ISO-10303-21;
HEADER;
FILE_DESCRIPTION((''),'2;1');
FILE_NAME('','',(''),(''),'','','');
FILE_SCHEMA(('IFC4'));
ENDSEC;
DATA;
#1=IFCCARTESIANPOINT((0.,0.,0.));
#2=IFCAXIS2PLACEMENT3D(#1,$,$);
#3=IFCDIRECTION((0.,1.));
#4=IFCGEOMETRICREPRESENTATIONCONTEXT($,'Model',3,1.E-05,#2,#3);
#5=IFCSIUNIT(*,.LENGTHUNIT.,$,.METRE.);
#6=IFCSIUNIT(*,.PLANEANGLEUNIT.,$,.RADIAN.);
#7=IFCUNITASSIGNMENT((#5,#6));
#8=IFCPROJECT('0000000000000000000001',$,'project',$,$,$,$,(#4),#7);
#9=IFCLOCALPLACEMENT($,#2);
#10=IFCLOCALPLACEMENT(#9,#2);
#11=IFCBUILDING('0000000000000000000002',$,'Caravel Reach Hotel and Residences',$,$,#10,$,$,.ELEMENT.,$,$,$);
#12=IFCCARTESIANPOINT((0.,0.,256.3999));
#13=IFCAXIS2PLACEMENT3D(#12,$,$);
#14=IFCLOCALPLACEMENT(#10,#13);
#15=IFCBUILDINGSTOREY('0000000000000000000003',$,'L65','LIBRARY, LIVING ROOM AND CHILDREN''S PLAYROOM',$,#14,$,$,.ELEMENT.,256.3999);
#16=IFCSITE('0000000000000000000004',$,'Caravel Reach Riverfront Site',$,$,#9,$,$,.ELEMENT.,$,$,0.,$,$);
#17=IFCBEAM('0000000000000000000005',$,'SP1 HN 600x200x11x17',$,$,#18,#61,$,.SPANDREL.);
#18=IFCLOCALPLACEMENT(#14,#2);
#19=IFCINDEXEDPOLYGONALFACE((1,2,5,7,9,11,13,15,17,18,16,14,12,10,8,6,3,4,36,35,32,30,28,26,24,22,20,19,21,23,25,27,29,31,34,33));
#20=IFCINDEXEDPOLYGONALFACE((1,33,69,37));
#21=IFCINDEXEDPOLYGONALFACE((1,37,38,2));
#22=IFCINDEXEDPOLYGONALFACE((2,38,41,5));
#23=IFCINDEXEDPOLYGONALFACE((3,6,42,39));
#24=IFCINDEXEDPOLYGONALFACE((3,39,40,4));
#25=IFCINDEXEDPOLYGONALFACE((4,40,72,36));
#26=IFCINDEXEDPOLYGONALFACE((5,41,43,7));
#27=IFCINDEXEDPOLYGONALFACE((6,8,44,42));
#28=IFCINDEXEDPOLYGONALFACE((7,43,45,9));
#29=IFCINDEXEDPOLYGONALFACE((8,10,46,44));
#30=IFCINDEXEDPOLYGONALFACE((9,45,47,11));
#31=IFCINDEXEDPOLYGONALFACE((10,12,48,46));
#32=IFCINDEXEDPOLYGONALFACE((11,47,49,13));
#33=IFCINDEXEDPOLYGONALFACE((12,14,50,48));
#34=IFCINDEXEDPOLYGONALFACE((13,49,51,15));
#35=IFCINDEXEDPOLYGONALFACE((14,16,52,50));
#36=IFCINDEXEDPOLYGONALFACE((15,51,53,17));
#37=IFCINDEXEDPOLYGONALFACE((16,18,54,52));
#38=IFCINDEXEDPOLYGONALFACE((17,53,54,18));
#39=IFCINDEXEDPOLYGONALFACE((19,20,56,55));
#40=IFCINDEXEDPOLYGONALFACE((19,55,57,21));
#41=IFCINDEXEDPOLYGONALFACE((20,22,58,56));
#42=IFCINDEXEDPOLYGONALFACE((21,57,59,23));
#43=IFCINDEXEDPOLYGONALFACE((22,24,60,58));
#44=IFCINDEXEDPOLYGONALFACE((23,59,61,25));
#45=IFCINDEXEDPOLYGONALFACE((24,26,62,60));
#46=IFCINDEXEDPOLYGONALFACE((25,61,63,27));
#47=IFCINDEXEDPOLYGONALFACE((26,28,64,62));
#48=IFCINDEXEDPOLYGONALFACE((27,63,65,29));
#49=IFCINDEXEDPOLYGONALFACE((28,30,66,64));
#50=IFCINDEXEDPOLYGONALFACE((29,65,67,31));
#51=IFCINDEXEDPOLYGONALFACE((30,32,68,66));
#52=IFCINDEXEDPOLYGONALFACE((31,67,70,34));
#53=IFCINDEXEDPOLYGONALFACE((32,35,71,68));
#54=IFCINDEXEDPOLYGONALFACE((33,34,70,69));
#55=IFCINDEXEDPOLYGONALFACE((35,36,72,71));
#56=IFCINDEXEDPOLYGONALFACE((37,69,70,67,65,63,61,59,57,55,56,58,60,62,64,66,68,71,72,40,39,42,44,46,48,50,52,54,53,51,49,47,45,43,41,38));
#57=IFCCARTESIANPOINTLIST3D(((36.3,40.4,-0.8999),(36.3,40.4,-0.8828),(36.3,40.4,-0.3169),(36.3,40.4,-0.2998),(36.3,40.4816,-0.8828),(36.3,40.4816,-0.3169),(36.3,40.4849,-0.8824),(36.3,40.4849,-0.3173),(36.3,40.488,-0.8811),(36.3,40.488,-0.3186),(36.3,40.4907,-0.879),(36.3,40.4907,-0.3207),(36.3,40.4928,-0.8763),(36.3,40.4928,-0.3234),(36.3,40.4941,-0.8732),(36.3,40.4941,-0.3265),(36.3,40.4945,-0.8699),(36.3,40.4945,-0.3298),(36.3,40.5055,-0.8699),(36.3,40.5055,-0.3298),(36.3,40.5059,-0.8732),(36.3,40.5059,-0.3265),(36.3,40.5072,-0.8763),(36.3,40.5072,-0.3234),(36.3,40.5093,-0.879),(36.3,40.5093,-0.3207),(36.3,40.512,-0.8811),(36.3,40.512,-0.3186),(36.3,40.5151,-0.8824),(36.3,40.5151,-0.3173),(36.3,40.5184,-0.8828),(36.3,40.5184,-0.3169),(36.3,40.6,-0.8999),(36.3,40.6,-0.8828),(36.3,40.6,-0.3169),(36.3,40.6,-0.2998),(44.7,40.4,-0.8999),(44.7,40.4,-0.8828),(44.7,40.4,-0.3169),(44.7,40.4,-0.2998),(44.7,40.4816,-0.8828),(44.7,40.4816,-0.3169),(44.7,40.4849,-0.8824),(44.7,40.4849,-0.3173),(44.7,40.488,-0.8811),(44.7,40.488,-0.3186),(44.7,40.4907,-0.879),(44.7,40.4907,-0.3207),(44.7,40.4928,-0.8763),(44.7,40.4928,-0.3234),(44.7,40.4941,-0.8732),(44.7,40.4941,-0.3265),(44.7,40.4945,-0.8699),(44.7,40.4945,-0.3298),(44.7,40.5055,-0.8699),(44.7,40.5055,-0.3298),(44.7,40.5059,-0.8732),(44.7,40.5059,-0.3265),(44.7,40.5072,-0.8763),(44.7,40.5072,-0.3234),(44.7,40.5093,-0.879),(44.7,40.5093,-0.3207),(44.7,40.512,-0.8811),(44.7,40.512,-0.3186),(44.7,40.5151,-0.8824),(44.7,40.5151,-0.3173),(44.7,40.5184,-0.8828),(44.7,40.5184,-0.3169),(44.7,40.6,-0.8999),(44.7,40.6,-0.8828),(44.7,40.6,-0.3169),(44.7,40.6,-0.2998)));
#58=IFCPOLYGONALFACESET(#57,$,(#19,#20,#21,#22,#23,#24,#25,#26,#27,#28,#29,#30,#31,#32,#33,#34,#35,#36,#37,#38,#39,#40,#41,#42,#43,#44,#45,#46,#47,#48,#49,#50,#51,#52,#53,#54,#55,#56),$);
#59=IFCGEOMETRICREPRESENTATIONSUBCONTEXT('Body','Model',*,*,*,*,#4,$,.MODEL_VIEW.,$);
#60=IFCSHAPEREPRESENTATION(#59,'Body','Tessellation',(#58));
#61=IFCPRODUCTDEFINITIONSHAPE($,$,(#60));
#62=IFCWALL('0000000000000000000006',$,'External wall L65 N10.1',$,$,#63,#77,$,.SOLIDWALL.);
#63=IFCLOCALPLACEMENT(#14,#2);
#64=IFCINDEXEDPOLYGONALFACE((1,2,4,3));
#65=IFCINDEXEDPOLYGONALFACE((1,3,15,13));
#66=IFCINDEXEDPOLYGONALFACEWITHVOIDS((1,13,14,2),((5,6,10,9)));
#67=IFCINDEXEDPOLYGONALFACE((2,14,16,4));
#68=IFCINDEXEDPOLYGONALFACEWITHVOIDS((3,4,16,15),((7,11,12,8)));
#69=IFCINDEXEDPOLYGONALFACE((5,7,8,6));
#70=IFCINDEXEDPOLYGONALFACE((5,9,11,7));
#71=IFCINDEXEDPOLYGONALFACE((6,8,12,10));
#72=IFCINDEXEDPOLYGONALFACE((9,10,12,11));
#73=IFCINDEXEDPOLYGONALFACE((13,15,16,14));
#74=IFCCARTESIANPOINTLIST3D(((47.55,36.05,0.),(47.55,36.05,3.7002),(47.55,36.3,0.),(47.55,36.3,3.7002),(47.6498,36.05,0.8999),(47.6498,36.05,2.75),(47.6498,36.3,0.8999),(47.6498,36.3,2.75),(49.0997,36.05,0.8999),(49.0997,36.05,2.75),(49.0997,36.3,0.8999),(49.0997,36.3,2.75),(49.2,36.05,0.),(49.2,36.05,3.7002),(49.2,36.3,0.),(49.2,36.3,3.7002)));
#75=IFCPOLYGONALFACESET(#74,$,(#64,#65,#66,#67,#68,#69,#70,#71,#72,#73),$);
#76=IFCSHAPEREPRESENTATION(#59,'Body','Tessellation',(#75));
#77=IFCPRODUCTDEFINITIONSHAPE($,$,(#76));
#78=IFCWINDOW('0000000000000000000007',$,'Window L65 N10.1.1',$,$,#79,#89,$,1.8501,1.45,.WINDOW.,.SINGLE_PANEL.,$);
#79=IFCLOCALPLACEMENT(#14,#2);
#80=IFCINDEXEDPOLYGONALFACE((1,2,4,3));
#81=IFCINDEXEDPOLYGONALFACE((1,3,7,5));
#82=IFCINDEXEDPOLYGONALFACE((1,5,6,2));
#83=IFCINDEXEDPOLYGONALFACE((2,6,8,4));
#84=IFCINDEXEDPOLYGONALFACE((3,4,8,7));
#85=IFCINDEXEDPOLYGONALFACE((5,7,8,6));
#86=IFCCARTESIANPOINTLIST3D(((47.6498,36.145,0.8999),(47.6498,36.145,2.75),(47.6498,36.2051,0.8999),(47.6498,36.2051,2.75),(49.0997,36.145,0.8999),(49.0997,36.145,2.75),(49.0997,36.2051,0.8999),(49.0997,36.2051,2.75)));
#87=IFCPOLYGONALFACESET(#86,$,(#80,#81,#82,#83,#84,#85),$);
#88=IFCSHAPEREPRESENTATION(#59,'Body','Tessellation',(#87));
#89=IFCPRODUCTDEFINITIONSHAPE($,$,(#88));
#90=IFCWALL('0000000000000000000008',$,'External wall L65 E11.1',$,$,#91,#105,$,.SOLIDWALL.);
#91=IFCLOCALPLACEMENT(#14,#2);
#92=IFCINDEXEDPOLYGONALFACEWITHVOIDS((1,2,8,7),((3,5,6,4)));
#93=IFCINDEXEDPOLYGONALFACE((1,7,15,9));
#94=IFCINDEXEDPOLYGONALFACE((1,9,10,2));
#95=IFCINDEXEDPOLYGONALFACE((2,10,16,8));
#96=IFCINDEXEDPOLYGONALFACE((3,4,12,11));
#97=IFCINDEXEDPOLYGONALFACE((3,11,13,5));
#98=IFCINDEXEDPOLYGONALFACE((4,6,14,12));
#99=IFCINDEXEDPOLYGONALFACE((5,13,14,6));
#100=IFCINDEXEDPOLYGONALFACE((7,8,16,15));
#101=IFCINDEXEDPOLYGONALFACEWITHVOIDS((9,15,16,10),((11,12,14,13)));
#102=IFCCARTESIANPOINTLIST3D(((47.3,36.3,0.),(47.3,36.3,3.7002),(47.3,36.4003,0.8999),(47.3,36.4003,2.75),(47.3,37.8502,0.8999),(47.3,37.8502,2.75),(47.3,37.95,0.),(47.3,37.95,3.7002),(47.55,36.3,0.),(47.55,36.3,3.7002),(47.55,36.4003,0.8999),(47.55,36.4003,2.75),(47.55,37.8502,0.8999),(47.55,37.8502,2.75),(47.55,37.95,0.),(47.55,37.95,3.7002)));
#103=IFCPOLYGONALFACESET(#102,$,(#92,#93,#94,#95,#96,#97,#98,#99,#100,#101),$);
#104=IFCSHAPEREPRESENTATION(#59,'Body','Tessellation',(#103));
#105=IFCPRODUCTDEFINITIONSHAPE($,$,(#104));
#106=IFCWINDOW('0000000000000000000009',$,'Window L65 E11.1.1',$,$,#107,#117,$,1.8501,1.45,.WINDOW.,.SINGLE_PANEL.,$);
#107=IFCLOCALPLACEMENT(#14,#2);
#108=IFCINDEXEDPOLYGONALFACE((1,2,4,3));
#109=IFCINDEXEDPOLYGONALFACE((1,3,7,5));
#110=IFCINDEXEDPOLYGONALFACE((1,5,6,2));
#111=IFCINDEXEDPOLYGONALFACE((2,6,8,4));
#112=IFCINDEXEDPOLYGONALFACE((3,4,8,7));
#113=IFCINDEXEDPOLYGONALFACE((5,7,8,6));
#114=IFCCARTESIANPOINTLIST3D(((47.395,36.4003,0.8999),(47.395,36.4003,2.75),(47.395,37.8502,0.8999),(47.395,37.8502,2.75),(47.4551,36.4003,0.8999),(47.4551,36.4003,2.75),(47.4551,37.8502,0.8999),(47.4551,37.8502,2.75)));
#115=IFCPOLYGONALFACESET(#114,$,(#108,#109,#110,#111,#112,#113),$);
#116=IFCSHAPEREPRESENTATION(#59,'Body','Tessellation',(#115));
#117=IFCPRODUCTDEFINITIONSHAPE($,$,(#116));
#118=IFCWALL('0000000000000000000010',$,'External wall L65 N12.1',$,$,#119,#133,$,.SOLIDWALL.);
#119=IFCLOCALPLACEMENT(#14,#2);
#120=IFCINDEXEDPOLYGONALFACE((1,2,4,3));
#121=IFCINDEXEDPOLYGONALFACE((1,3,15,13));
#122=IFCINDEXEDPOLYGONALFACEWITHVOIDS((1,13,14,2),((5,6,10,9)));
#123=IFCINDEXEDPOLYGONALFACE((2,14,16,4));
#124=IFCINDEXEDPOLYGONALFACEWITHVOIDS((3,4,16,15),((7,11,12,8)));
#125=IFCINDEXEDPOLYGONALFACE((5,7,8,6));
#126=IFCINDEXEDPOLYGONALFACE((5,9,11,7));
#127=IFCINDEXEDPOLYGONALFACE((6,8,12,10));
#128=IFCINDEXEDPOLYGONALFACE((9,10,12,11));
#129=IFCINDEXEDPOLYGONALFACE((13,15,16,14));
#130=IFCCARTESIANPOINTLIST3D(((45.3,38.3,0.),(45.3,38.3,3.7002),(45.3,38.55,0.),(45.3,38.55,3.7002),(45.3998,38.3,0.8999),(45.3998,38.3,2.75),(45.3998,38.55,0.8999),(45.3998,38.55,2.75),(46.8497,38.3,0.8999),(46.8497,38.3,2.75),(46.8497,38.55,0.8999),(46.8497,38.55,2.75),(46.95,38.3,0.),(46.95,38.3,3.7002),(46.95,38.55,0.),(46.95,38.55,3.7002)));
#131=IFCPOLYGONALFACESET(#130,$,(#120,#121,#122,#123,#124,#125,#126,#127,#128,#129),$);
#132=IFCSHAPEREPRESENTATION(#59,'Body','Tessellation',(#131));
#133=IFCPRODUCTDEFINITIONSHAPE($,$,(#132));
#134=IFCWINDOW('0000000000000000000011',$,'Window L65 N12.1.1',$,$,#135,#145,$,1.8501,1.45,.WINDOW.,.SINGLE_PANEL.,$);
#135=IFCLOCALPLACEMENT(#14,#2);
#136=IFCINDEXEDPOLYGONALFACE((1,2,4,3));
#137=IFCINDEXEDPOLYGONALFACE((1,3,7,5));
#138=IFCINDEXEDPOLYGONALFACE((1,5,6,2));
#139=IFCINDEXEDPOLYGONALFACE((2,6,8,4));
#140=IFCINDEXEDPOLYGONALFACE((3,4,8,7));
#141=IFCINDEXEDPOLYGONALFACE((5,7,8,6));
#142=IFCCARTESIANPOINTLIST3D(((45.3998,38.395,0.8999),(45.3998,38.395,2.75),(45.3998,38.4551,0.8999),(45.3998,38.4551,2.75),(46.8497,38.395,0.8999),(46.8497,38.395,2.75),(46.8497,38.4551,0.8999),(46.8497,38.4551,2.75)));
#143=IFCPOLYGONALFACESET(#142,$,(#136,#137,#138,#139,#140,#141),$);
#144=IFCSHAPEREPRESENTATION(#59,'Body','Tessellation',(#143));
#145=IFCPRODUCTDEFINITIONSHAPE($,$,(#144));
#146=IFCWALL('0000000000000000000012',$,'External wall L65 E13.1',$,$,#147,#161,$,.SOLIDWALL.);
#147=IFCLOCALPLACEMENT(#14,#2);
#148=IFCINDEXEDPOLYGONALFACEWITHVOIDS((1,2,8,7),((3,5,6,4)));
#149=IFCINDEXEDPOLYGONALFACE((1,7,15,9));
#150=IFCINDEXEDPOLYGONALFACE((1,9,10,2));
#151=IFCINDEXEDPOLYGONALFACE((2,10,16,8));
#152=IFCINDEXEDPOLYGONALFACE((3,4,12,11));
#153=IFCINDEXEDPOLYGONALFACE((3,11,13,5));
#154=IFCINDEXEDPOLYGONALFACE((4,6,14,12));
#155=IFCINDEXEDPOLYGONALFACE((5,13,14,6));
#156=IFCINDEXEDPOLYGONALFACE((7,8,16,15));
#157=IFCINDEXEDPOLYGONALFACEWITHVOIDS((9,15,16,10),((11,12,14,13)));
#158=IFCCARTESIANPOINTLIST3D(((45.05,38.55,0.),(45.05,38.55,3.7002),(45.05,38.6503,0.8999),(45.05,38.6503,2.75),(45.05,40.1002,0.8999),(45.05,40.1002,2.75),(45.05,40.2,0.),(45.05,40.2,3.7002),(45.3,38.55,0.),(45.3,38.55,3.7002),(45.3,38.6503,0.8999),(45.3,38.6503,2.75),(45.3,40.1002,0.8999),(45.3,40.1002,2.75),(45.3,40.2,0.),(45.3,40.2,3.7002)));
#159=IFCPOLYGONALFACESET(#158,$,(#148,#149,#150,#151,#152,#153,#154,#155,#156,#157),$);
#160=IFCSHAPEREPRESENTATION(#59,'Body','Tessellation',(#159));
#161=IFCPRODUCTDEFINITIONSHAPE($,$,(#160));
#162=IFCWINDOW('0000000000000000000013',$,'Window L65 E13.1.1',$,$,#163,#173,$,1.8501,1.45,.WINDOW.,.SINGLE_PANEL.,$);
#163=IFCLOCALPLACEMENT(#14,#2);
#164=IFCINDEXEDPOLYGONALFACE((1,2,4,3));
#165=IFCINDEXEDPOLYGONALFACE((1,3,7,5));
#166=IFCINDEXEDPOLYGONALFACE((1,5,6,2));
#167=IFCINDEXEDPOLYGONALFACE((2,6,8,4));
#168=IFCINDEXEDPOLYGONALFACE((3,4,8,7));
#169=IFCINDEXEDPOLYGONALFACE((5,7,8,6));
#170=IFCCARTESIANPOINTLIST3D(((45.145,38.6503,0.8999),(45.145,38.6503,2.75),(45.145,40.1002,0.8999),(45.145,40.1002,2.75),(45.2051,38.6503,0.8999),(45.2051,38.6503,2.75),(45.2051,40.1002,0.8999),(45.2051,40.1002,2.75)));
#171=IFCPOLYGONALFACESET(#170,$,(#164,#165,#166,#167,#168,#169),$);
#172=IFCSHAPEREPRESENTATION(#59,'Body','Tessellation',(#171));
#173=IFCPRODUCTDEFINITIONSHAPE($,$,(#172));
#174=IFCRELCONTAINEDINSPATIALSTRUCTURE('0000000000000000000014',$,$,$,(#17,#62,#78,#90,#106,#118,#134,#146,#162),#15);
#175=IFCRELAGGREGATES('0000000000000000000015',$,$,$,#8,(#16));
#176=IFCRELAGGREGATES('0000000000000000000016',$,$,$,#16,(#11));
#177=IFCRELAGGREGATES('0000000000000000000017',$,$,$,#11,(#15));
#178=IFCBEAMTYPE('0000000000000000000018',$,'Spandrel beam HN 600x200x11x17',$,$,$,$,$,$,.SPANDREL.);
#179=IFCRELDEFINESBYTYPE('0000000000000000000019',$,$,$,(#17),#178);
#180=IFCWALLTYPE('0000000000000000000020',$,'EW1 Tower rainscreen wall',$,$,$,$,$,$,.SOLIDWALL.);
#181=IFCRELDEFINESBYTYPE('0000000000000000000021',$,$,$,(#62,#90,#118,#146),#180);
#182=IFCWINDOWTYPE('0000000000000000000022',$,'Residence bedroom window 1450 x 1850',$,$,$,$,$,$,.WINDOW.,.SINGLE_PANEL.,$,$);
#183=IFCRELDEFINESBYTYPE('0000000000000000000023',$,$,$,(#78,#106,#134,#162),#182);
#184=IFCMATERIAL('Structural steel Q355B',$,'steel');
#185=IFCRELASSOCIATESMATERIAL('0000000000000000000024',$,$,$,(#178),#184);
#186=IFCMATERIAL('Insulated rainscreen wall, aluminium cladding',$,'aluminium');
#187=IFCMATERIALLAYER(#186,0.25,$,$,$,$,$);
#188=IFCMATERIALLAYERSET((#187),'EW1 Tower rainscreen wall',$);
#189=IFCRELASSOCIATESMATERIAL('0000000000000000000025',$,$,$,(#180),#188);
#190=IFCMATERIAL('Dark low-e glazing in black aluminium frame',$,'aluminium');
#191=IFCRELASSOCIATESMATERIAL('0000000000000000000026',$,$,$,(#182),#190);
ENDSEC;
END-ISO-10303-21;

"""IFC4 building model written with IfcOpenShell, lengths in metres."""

from ifc_helpers import new_model, si_unit, direction, frame, frame_2d, origin, origin_2d, place, context, subcontext, project, spatial, rectangle, i_section, extrude, material, layer, layer_set, material_profile, profile_set, type_object, element, fill, save


model = new_model("IFC4")

# Units and contexts
model_context = context("Model", 3, precision=1e-05, world=origin(), true_north=direction((0.0, 1.0)))
body_context = subcontext(model_context, "Body", "Model", "MODEL_VIEW")
ifc_project = project(units=[si_unit("LENGTHUNIT", "METRE"), si_unit("PLANEANGLEUNIT", "RADIAN")], contexts=[model_context])

# Site, building, storey
site_placement = place(None, origin())
site = spatial("IfcSite", under=ifc_project, at=site_placement, Name="Caravel Reach Riverfront Site", CompositionType="ELEMENT", RefElevation=0.0)
building_placement = place(site_placement, origin())
building = spatial("IfcBuilding", under=site, at=building_placement, Name="Caravel Reach Hotel and Residences", CompositionType="ELEMENT")
storey_placement = place(building_placement, frame((0.0, 0.0, 256.3999)))
storey = spatial("IfcBuildingStorey", under=building, at=storey_placement, Name="L65", Description="LIBRARY, LIVING ROOM AND CHILDREN'S PLAYROOM", CompositionType="ELEMENT", Elevation=256.3999)

# Beam
ifc_material_1 = material(Name="Structural steel Q355B", Category="steel")
ifc_material_profile_1 = material_profile(ifc_material_1, i_section(OverallWidth=0.2, OverallDepth=0.6001, WebThickness=0.011, FlangeThickness=0.0171, FilletRadius=0.0129, at=origin_2d()), Name="HN 600x200x11x17")
ifc_profile_set_1 = profile_set([ifc_material_profile_1], Name="Structural steel Q355B")
beam_type = type_object("IfcBeamType", Name="Spandrel beam HN 600x200x11x17", PredefinedType="SPANDREL", material=ifc_profile_set_1)
beam_placement = place(storey_placement, frame((44.7, 40.5, -0.5999), z_axis=(-1.0, 0.0, 0.0), x_axis=(0.0, -1.0, 0.0)))
element("IfcBeam", 1, at=beam_placement, inside=storey, type_object=beam_type, Name="SP1 HN 600x200x11x17", PredefinedType="SPANDREL", context=body_context, shape_type="SweptSolid", body=[
    extrude(i_section(OverallWidth=0.2, OverallDepth=0.6001, WebThickness=0.011, FlangeThickness=0.0171, FilletRadius=0.0129, at=origin_2d()), origin(), (0.0, 0.0, 1.0), 8.3999),
])

# Walls, openings, windows
ifc_material_2 = material(Name="Insulated rainscreen wall, aluminium cladding", Category="aluminium")
ifc_layer = layer(ifc_material_2, 0.25)
ifc_layer_set = layer_set([ifc_layer], Name="EW1 Tower rainscreen wall")
wall_type = type_object("IfcWallType", Name="EW1 Tower rainscreen wall", PredefinedType="SOLIDWALL", material=ifc_layer_set)
wall_1_placement = place(storey_placement, frame((49.2, 36.175, 0.0), z_axis=(0.0, 0.0, 1.0), x_axis=(-1.0, 0.0, 0.0)))
wall_1 = element("IfcWall", 2, at=wall_1_placement, inside=storey, type_object=wall_type, Name="External wall L65 N10.1", PredefinedType="SOLIDWALL", context=body_context, shape_type="SweptSolid", body=[
    extrude(rectangle(XDim=1.6499, YDim=0.25, at=frame_2d((0.825, 0.0))), origin(), (0.0, 0.0, 1.0), 3.7002),
])
opening_1_placement = place(wall_1_placement, frame((0.1001, 0.0, 0.8999)))
opening_1 = element("IfcOpeningElement", 3, at=opening_1_placement, cuts=wall_1, PredefinedType="OPENING", context=body_context, shape_type="SweptSolid", body=[
    extrude(rectangle(XDim=1.45, YDim=1.8501, at=frame_2d((0.7251, 0.925))), frame((0.0, 0.135, 0.0), z_axis=(0.0, -1.0, 0.0), x_axis=(1.0, 0.0, 0.0)), (0.0, 0.0, 1.0), 0.27),
])
ifc_material_3 = material(Name="Dark low-e glazing in black aluminium frame", Category="aluminium")
window_type_1 = type_object("IfcWindowType", Name="Residence bedroom window 1450 x 1850", PartitioningType="SINGLE_PANEL", PredefinedType="WINDOW", material=ifc_material_3)
window_1_placement = place(opening_1_placement, origin())
window_1 = element("IfcWindow", 4, at=window_1_placement, inside=storey, type_object=window_type_1, Name="Window L65 N10.1.1", OverallHeight=1.8501, OverallWidth=1.45, PartitioningType="SINGLE_PANEL", PredefinedType="WINDOW", context=body_context, shape_type="SweptSolid", body=[
    extrude(rectangle(XDim=1.45, YDim=1.8501, at=frame_2d((0.7251, 0.925))), frame((0.0, 0.03, 0.0), z_axis=(0.0, -1.0, 0.0), x_axis=(1.0, 0.0, 0.0)), (0.0, 0.0, 1.0), 0.0601),
])
fill(opening_1, window_1)
wall_2_placement = place(storey_placement, frame((47.425, 36.3, 0.0), z_axis=(0.0, 0.0, 1.0), x_axis=(0.0, 1.0, 0.0)))
wall_2 = element("IfcWall", 5, at=wall_2_placement, inside=storey, type_object=wall_type, Name="External wall L65 E11.1", PredefinedType="SOLIDWALL", context=body_context, shape_type="SweptSolid", body=[
    extrude(rectangle(XDim=1.6499, YDim=0.25, at=frame_2d((0.825, 0.0))), origin(), (0.0, 0.0, 1.0), 3.7002),
])
opening_2_placement = place(wall_2_placement, frame((0.1001, 0.0, 0.8999)))
opening_2 = element("IfcOpeningElement", 6, at=opening_2_placement, cuts=wall_2, PredefinedType="OPENING", context=body_context, shape_type="SweptSolid", body=[
    extrude(rectangle(XDim=1.45, YDim=1.8501, at=frame_2d((0.7251, 0.925))), frame((0.0, 0.135, 0.0), z_axis=(0.0, -1.0, 0.0), x_axis=(1.0, 0.0, 0.0)), (0.0, 0.0, 1.0), 0.27),
])
window_2_placement = place(opening_2_placement, origin())
window_2 = element("IfcWindow", 7, at=window_2_placement, inside=storey, type_object=window_type_1, Name="Window L65 E11.1.1", OverallHeight=1.8501, OverallWidth=1.45, PartitioningType="SINGLE_PANEL", PredefinedType="WINDOW", context=body_context, shape_type="SweptSolid", body=[
    extrude(rectangle(XDim=1.45, YDim=1.8501, at=frame_2d((0.7251, 0.925))), frame((0.0, 0.03, 0.0), z_axis=(0.0, -1.0, 0.0), x_axis=(1.0, 0.0, 0.0)), (0.0, 0.0, 1.0), 0.0601),
])
fill(opening_2, window_2)
wall_3_placement = place(storey_placement, frame((46.95, 38.425, 0.0), z_axis=(0.0, 0.0, 1.0), x_axis=(-1.0, 0.0, 0.0)))
wall_3 = element("IfcWall", 8, at=wall_3_placement, inside=storey, type_object=wall_type, Name="External wall L65 N12.1", PredefinedType="SOLIDWALL", context=body_context, shape_type="SweptSolid", body=[
    extrude(rectangle(XDim=1.6499, YDim=0.25, at=frame_2d((0.825, 0.0))), origin(), (0.0, 0.0, 1.0), 3.7002),
])
opening_3_placement = place(wall_3_placement, frame((0.1001, 0.0, 0.8999)))
opening_3 = element("IfcOpeningElement", 9, at=opening_3_placement, cuts=wall_3, PredefinedType="OPENING", context=body_context, shape_type="SweptSolid", body=[
    extrude(rectangle(XDim=1.45, YDim=1.8501, at=frame_2d((0.7251, 0.925))), frame((0.0, 0.135, 0.0), z_axis=(0.0, -1.0, 0.0), x_axis=(1.0, 0.0, 0.0)), (0.0, 0.0, 1.0), 0.27),
])
window_3_placement = place(opening_3_placement, origin())
window_3 = element("IfcWindow", 10, at=window_3_placement, inside=storey, type_object=window_type_1, Name="Window L65 N12.1.1", OverallHeight=1.8501, OverallWidth=1.45, PartitioningType="SINGLE_PANEL", PredefinedType="WINDOW", context=body_context, shape_type="SweptSolid", body=[
    extrude(rectangle(XDim=1.45, YDim=1.8501, at=frame_2d((0.7251, 0.925))), frame((0.0, 0.03, 0.0), z_axis=(0.0, -1.0, 0.0), x_axis=(1.0, 0.0, 0.0)), (0.0, 0.0, 1.0), 0.0601),
])
fill(opening_3, window_3)
wall_4_placement = place(storey_placement, frame((45.175, 38.55, 0.0), z_axis=(0.0, 0.0, 1.0), x_axis=(0.0, 1.0, 0.0)))
wall_4 = element("IfcWall", 11, at=wall_4_placement, inside=storey, type_object=wall_type, Name="External wall L65 E13.1", PredefinedType="SOLIDWALL", context=body_context, shape_type="SweptSolid", body=[
    extrude(rectangle(XDim=1.6499, YDim=0.25, at=frame_2d((0.825, 0.0))), origin(), (0.0, 0.0, 1.0), 3.7002),
])
opening_4_placement = place(wall_4_placement, frame((0.1001, 0.0, 0.8999)))
opening_4 = element("IfcOpeningElement", 12, at=opening_4_placement, cuts=wall_4, PredefinedType="OPENING", context=body_context, shape_type="SweptSolid", body=[
    extrude(rectangle(XDim=1.45, YDim=1.8501, at=frame_2d((0.7251, 0.925))), frame((0.0, 0.135, 0.0), z_axis=(0.0, -1.0, 0.0), x_axis=(1.0, 0.0, 0.0)), (0.0, 0.0, 1.0), 0.27),
])
window_4_placement = place(opening_4_placement, origin())
window_4 = element("IfcWindow", 13, at=window_4_placement, inside=storey, type_object=window_type_1, Name="Window L65 E13.1.1", OverallHeight=1.8501, OverallWidth=1.45, PartitioningType="SINGLE_PANEL", PredefinedType="WINDOW", context=body_context, shape_type="SweptSolid", body=[
    extrude(rectangle(XDim=1.45, YDim=1.8501, at=frame_2d((0.7251, 0.925))), frame((0.0, 0.03, 0.0), z_axis=(0.0, -1.0, 0.0), x_axis=(1.0, 0.0, 0.0)), (0.0, 0.0, 1.0), 0.0601),
])
fill(opening_4, window_4)

save(model, "model.ifc")
